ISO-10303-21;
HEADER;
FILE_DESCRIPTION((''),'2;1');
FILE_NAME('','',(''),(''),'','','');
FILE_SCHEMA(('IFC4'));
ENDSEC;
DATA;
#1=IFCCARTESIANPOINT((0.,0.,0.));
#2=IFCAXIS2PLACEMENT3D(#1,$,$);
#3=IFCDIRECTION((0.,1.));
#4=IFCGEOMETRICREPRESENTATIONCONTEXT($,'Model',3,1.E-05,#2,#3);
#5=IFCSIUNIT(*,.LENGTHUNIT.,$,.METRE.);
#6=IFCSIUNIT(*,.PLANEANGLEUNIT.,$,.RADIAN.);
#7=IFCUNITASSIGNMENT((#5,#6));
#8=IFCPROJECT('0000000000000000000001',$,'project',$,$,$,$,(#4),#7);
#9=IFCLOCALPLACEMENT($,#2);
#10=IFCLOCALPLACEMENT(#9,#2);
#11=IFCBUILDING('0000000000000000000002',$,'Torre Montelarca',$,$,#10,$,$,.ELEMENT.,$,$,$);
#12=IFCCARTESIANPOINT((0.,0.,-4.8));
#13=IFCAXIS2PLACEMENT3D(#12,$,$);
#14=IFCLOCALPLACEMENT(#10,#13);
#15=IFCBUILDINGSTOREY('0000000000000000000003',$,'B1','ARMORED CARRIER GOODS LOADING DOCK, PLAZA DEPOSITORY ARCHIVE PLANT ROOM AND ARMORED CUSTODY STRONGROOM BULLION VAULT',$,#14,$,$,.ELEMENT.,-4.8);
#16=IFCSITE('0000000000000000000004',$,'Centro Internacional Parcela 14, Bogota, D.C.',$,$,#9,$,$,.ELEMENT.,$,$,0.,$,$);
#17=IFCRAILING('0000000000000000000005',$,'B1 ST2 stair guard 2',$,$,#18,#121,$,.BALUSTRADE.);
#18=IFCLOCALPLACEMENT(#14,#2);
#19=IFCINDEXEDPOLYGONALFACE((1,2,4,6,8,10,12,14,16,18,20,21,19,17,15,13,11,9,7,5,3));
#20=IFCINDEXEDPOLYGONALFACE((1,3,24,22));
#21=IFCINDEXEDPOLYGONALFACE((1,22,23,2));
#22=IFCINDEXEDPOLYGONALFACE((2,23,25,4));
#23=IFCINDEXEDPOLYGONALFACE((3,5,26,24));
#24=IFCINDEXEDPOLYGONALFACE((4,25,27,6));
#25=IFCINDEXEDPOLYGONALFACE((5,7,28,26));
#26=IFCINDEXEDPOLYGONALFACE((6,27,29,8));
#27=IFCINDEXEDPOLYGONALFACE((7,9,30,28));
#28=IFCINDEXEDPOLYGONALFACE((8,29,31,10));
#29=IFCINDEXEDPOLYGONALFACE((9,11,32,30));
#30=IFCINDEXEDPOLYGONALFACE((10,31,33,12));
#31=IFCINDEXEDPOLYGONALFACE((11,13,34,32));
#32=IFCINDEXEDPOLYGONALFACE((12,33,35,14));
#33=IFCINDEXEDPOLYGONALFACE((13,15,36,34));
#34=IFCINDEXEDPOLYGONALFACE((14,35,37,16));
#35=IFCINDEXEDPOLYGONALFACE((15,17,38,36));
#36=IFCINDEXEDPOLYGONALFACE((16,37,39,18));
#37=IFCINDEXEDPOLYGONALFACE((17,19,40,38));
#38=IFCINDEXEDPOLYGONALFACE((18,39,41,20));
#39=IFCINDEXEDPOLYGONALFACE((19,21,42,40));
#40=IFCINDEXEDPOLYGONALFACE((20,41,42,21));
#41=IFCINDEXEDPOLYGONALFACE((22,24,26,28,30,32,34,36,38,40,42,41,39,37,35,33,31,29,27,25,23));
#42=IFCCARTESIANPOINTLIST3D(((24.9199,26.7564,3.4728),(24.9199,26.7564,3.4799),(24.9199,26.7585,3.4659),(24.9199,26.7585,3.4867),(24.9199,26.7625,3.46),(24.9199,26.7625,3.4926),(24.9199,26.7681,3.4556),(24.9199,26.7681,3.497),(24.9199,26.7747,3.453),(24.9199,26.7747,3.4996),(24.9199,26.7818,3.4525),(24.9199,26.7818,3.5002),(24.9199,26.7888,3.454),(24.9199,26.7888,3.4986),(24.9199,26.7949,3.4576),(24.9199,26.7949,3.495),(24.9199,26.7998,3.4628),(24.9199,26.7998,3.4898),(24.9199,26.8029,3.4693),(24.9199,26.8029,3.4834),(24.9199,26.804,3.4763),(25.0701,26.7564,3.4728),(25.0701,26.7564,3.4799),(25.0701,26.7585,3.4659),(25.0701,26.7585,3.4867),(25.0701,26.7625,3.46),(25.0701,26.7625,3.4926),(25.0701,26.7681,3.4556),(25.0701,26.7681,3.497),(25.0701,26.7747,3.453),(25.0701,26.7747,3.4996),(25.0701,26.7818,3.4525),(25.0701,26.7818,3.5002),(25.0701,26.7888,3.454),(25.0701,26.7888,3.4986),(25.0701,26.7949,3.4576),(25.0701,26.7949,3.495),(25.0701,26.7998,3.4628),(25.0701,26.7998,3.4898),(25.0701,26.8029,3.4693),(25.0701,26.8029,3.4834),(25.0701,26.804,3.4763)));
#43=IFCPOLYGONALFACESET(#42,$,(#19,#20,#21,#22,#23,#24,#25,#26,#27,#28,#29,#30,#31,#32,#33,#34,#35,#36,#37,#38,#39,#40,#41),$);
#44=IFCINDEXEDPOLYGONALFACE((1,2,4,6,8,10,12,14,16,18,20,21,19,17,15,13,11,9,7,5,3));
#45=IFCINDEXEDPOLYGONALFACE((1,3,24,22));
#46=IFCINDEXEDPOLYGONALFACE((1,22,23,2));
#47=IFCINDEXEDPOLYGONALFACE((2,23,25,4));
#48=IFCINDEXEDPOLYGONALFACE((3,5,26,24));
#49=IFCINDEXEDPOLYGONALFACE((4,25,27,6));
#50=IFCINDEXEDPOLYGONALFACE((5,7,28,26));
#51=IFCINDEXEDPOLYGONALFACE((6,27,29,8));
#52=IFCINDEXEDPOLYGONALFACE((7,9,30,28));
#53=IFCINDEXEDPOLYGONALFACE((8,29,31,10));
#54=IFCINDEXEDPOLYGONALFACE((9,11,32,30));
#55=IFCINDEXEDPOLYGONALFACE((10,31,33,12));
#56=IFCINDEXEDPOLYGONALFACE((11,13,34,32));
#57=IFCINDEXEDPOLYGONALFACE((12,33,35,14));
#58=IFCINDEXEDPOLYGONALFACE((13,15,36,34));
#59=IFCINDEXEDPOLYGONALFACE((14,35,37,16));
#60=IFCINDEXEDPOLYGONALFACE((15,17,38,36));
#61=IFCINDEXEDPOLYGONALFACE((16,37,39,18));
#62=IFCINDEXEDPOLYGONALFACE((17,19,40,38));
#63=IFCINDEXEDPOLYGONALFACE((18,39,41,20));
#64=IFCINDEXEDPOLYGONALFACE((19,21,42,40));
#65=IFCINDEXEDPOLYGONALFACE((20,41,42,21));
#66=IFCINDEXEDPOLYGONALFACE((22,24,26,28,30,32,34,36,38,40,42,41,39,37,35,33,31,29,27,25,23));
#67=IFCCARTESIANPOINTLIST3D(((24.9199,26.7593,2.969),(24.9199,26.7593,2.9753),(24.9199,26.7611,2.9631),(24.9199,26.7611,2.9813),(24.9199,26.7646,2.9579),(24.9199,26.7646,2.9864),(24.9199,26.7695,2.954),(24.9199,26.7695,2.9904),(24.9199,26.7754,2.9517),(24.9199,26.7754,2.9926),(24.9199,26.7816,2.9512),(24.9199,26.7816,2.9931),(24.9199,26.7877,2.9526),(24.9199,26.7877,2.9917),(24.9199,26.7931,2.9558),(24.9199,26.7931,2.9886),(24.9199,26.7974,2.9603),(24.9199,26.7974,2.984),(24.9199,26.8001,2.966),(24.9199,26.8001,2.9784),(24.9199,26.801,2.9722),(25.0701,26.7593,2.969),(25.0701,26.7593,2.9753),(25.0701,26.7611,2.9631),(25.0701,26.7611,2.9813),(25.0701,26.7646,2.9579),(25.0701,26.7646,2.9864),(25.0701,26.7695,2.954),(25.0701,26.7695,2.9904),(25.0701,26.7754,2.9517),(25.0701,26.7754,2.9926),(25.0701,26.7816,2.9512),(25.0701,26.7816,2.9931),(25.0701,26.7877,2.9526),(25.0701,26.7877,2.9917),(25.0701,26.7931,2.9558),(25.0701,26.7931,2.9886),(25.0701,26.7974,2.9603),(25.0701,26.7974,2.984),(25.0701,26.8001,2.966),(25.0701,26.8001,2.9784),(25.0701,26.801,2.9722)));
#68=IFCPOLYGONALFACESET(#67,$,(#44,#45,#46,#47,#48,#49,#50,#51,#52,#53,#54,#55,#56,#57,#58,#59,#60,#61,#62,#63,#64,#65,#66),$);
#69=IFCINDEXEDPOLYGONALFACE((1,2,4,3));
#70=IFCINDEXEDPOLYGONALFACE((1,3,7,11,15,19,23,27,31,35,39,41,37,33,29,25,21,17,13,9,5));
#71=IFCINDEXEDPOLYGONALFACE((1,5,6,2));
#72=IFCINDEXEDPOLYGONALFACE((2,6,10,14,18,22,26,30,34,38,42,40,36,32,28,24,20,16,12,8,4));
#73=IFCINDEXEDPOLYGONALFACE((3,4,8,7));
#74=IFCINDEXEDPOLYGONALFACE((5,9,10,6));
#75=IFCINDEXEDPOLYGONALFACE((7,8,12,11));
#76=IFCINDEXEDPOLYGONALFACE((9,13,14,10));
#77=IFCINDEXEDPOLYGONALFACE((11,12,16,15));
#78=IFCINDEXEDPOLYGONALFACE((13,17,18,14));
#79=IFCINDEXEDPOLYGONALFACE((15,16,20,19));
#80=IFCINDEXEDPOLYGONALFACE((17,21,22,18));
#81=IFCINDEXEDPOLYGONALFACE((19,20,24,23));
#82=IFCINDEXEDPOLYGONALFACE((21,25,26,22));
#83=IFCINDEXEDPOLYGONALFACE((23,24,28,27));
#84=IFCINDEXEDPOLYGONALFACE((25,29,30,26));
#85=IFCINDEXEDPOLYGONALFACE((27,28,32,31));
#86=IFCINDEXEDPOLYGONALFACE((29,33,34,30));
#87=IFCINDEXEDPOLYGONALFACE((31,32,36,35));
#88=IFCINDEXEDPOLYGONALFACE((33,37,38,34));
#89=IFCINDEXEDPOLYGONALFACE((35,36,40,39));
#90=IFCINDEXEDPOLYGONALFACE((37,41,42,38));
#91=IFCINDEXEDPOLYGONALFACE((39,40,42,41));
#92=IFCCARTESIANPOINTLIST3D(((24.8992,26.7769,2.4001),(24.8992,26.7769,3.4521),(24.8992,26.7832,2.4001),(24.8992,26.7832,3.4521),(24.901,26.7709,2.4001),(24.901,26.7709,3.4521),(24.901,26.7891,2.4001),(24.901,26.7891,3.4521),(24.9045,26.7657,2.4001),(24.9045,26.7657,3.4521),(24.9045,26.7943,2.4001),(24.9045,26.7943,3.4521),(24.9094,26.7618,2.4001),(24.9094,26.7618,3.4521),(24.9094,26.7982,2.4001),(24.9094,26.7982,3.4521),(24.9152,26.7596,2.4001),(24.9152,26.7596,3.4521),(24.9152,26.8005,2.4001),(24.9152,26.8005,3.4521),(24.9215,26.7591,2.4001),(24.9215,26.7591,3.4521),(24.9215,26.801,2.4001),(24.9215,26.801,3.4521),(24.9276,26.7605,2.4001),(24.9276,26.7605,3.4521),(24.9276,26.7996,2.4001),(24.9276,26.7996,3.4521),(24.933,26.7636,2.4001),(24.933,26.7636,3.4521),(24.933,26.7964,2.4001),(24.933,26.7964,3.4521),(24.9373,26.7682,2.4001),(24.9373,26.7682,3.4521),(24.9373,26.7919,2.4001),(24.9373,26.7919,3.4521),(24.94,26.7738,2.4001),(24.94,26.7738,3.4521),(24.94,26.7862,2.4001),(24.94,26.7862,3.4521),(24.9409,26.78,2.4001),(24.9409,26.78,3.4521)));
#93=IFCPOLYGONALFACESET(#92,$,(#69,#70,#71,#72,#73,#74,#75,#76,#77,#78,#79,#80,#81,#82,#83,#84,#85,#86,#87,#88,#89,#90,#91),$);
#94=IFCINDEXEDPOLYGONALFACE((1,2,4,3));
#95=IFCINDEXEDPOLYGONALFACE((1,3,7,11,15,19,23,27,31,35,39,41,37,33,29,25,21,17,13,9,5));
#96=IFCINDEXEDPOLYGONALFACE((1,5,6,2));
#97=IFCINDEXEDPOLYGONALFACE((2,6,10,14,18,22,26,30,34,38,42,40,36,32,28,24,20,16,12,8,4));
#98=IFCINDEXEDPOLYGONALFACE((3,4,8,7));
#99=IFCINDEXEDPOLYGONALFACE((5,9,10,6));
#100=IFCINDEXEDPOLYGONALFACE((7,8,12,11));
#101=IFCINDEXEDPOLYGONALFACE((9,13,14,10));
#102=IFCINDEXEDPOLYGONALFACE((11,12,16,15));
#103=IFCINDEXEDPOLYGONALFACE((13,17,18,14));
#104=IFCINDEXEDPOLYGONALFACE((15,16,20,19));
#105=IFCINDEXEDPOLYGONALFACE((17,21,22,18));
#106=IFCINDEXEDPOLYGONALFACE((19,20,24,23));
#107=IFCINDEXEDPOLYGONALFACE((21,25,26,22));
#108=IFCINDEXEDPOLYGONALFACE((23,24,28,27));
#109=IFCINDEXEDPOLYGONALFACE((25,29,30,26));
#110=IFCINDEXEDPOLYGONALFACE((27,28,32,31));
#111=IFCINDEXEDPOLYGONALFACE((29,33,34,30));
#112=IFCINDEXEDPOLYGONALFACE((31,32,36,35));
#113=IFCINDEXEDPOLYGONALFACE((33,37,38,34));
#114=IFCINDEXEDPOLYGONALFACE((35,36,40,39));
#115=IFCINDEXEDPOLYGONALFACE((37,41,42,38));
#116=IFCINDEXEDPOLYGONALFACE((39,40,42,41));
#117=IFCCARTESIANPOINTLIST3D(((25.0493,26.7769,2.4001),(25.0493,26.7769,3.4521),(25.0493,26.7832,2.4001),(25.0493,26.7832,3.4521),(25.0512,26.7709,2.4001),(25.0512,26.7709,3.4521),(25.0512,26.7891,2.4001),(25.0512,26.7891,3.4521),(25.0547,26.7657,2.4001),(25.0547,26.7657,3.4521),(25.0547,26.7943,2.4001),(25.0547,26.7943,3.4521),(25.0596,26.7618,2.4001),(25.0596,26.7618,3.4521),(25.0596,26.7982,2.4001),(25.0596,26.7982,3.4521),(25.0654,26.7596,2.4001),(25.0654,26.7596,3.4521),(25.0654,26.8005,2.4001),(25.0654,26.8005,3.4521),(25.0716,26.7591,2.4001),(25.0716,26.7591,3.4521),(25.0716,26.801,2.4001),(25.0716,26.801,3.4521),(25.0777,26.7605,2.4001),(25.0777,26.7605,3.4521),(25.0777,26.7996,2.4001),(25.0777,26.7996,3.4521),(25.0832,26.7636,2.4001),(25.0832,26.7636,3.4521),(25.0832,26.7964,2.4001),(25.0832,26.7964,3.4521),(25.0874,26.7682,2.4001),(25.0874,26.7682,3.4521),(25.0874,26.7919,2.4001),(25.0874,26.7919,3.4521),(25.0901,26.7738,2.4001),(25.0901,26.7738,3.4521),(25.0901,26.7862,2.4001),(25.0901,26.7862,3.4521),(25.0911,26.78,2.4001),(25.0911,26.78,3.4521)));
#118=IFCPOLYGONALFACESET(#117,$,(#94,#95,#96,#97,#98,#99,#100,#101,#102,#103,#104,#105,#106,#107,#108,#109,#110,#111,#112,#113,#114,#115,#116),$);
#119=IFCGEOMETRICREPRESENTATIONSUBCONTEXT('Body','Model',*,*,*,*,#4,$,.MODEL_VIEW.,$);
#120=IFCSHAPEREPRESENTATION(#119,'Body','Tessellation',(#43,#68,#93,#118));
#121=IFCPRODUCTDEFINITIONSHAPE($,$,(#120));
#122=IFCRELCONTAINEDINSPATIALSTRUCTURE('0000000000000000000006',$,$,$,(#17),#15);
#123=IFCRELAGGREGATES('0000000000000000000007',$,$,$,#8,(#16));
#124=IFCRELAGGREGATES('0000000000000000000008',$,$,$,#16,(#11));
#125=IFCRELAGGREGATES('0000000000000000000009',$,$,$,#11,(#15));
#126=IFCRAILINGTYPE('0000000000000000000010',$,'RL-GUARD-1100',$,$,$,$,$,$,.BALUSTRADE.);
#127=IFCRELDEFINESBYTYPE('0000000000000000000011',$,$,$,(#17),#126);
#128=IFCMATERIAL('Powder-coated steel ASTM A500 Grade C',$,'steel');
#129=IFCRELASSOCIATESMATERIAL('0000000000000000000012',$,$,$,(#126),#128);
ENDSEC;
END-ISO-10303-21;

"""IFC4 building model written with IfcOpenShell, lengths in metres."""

from ifc_helpers import new_model, si_unit, direction, frame, origin, origin_2d, place, context, subcontext, project, spatial, circle, extrude, material, type_object, element, save


model = new_model("IFC4")

# Units and contexts
model_context = context("Model", 3, precision=1e-05, world=origin(), true_north=direction((0.0, 1.0)))
body_context = subcontext(model_context, "Body", "Model", "MODEL_VIEW")
ifc_project = project(units=[si_unit("LENGTHUNIT", "METRE"), si_unit("PLANEANGLEUNIT", "RADIAN")], contexts=[model_context])

# Site, building, storey
site_placement = place(None, origin())
site = spatial("IfcSite", under=ifc_project, at=site_placement, Name="Centro Internacional Parcela 14, Bogota, D.C.", CompositionType="ELEMENT", RefElevation=0.0)
building_placement = place(site_placement, origin())
building = spatial("IfcBuilding", under=site, at=building_placement, Name="Torre Montelarca", CompositionType="ELEMENT")
storey_placement = place(building_placement, frame((0.0, 0.0, -4.8)))
storey = spatial("IfcBuildingStorey", under=building, at=storey_placement, Name="B1", Description="ARMORED CARRIER GOODS LOADING DOCK, PLAZA DEPOSITORY ARCHIVE PLANT ROOM AND ARMORED CUSTODY STRONGROOM BULLION VAULT", CompositionType="ELEMENT", Elevation=-4.8)

# Railing
ifc_material_1 = material(Name="Powder-coated steel ASTM A500 Grade C", Category="steel")
railing_type_1 = type_object("IfcRailingType", Name="RL-GUARD-1100", PredefinedType="BALUSTRADE", material=ifc_material_1)
railing_1_placement = place(storey_placement, frame((24.9199, 26.78, 2.4001)))
element("IfcRailing", 1, at=railing_1_placement, inside=storey, type_object=railing_type_1, Name="B1 ST2 stair guard 2", PredefinedType="BALUSTRADE", context=body_context, shape_type="SweptSolid", body=[
    extrude(circle(Radius=0.0239, at=origin_2d()), frame((0.0, 0.0, 1.0762), z_axis=(1.0, 0.0, 0.0), x_axis=(0.0, 1.0, 0.0)), (0.0, 0.0, 1.0), 0.1501),
    extrude(circle(Radius=0.021, at=origin_2d()), frame((0.0, 0.0, 0.572), z_axis=(1.0, 0.0, 0.0), x_axis=(0.0, 1.0, 0.0)), (0.0, 0.0, 1.0), 0.1501),
    extrude(circle(Radius=0.021, at=origin_2d()), origin(), (0.0, 0.0, 1.0), 1.052),
    extrude(circle(Radius=0.021, at=origin_2d()), frame((0.1501, 0.0, 0.0)), (0.0, 0.0, 1.0), 1.052),
])

save(model, "model.ifc")
